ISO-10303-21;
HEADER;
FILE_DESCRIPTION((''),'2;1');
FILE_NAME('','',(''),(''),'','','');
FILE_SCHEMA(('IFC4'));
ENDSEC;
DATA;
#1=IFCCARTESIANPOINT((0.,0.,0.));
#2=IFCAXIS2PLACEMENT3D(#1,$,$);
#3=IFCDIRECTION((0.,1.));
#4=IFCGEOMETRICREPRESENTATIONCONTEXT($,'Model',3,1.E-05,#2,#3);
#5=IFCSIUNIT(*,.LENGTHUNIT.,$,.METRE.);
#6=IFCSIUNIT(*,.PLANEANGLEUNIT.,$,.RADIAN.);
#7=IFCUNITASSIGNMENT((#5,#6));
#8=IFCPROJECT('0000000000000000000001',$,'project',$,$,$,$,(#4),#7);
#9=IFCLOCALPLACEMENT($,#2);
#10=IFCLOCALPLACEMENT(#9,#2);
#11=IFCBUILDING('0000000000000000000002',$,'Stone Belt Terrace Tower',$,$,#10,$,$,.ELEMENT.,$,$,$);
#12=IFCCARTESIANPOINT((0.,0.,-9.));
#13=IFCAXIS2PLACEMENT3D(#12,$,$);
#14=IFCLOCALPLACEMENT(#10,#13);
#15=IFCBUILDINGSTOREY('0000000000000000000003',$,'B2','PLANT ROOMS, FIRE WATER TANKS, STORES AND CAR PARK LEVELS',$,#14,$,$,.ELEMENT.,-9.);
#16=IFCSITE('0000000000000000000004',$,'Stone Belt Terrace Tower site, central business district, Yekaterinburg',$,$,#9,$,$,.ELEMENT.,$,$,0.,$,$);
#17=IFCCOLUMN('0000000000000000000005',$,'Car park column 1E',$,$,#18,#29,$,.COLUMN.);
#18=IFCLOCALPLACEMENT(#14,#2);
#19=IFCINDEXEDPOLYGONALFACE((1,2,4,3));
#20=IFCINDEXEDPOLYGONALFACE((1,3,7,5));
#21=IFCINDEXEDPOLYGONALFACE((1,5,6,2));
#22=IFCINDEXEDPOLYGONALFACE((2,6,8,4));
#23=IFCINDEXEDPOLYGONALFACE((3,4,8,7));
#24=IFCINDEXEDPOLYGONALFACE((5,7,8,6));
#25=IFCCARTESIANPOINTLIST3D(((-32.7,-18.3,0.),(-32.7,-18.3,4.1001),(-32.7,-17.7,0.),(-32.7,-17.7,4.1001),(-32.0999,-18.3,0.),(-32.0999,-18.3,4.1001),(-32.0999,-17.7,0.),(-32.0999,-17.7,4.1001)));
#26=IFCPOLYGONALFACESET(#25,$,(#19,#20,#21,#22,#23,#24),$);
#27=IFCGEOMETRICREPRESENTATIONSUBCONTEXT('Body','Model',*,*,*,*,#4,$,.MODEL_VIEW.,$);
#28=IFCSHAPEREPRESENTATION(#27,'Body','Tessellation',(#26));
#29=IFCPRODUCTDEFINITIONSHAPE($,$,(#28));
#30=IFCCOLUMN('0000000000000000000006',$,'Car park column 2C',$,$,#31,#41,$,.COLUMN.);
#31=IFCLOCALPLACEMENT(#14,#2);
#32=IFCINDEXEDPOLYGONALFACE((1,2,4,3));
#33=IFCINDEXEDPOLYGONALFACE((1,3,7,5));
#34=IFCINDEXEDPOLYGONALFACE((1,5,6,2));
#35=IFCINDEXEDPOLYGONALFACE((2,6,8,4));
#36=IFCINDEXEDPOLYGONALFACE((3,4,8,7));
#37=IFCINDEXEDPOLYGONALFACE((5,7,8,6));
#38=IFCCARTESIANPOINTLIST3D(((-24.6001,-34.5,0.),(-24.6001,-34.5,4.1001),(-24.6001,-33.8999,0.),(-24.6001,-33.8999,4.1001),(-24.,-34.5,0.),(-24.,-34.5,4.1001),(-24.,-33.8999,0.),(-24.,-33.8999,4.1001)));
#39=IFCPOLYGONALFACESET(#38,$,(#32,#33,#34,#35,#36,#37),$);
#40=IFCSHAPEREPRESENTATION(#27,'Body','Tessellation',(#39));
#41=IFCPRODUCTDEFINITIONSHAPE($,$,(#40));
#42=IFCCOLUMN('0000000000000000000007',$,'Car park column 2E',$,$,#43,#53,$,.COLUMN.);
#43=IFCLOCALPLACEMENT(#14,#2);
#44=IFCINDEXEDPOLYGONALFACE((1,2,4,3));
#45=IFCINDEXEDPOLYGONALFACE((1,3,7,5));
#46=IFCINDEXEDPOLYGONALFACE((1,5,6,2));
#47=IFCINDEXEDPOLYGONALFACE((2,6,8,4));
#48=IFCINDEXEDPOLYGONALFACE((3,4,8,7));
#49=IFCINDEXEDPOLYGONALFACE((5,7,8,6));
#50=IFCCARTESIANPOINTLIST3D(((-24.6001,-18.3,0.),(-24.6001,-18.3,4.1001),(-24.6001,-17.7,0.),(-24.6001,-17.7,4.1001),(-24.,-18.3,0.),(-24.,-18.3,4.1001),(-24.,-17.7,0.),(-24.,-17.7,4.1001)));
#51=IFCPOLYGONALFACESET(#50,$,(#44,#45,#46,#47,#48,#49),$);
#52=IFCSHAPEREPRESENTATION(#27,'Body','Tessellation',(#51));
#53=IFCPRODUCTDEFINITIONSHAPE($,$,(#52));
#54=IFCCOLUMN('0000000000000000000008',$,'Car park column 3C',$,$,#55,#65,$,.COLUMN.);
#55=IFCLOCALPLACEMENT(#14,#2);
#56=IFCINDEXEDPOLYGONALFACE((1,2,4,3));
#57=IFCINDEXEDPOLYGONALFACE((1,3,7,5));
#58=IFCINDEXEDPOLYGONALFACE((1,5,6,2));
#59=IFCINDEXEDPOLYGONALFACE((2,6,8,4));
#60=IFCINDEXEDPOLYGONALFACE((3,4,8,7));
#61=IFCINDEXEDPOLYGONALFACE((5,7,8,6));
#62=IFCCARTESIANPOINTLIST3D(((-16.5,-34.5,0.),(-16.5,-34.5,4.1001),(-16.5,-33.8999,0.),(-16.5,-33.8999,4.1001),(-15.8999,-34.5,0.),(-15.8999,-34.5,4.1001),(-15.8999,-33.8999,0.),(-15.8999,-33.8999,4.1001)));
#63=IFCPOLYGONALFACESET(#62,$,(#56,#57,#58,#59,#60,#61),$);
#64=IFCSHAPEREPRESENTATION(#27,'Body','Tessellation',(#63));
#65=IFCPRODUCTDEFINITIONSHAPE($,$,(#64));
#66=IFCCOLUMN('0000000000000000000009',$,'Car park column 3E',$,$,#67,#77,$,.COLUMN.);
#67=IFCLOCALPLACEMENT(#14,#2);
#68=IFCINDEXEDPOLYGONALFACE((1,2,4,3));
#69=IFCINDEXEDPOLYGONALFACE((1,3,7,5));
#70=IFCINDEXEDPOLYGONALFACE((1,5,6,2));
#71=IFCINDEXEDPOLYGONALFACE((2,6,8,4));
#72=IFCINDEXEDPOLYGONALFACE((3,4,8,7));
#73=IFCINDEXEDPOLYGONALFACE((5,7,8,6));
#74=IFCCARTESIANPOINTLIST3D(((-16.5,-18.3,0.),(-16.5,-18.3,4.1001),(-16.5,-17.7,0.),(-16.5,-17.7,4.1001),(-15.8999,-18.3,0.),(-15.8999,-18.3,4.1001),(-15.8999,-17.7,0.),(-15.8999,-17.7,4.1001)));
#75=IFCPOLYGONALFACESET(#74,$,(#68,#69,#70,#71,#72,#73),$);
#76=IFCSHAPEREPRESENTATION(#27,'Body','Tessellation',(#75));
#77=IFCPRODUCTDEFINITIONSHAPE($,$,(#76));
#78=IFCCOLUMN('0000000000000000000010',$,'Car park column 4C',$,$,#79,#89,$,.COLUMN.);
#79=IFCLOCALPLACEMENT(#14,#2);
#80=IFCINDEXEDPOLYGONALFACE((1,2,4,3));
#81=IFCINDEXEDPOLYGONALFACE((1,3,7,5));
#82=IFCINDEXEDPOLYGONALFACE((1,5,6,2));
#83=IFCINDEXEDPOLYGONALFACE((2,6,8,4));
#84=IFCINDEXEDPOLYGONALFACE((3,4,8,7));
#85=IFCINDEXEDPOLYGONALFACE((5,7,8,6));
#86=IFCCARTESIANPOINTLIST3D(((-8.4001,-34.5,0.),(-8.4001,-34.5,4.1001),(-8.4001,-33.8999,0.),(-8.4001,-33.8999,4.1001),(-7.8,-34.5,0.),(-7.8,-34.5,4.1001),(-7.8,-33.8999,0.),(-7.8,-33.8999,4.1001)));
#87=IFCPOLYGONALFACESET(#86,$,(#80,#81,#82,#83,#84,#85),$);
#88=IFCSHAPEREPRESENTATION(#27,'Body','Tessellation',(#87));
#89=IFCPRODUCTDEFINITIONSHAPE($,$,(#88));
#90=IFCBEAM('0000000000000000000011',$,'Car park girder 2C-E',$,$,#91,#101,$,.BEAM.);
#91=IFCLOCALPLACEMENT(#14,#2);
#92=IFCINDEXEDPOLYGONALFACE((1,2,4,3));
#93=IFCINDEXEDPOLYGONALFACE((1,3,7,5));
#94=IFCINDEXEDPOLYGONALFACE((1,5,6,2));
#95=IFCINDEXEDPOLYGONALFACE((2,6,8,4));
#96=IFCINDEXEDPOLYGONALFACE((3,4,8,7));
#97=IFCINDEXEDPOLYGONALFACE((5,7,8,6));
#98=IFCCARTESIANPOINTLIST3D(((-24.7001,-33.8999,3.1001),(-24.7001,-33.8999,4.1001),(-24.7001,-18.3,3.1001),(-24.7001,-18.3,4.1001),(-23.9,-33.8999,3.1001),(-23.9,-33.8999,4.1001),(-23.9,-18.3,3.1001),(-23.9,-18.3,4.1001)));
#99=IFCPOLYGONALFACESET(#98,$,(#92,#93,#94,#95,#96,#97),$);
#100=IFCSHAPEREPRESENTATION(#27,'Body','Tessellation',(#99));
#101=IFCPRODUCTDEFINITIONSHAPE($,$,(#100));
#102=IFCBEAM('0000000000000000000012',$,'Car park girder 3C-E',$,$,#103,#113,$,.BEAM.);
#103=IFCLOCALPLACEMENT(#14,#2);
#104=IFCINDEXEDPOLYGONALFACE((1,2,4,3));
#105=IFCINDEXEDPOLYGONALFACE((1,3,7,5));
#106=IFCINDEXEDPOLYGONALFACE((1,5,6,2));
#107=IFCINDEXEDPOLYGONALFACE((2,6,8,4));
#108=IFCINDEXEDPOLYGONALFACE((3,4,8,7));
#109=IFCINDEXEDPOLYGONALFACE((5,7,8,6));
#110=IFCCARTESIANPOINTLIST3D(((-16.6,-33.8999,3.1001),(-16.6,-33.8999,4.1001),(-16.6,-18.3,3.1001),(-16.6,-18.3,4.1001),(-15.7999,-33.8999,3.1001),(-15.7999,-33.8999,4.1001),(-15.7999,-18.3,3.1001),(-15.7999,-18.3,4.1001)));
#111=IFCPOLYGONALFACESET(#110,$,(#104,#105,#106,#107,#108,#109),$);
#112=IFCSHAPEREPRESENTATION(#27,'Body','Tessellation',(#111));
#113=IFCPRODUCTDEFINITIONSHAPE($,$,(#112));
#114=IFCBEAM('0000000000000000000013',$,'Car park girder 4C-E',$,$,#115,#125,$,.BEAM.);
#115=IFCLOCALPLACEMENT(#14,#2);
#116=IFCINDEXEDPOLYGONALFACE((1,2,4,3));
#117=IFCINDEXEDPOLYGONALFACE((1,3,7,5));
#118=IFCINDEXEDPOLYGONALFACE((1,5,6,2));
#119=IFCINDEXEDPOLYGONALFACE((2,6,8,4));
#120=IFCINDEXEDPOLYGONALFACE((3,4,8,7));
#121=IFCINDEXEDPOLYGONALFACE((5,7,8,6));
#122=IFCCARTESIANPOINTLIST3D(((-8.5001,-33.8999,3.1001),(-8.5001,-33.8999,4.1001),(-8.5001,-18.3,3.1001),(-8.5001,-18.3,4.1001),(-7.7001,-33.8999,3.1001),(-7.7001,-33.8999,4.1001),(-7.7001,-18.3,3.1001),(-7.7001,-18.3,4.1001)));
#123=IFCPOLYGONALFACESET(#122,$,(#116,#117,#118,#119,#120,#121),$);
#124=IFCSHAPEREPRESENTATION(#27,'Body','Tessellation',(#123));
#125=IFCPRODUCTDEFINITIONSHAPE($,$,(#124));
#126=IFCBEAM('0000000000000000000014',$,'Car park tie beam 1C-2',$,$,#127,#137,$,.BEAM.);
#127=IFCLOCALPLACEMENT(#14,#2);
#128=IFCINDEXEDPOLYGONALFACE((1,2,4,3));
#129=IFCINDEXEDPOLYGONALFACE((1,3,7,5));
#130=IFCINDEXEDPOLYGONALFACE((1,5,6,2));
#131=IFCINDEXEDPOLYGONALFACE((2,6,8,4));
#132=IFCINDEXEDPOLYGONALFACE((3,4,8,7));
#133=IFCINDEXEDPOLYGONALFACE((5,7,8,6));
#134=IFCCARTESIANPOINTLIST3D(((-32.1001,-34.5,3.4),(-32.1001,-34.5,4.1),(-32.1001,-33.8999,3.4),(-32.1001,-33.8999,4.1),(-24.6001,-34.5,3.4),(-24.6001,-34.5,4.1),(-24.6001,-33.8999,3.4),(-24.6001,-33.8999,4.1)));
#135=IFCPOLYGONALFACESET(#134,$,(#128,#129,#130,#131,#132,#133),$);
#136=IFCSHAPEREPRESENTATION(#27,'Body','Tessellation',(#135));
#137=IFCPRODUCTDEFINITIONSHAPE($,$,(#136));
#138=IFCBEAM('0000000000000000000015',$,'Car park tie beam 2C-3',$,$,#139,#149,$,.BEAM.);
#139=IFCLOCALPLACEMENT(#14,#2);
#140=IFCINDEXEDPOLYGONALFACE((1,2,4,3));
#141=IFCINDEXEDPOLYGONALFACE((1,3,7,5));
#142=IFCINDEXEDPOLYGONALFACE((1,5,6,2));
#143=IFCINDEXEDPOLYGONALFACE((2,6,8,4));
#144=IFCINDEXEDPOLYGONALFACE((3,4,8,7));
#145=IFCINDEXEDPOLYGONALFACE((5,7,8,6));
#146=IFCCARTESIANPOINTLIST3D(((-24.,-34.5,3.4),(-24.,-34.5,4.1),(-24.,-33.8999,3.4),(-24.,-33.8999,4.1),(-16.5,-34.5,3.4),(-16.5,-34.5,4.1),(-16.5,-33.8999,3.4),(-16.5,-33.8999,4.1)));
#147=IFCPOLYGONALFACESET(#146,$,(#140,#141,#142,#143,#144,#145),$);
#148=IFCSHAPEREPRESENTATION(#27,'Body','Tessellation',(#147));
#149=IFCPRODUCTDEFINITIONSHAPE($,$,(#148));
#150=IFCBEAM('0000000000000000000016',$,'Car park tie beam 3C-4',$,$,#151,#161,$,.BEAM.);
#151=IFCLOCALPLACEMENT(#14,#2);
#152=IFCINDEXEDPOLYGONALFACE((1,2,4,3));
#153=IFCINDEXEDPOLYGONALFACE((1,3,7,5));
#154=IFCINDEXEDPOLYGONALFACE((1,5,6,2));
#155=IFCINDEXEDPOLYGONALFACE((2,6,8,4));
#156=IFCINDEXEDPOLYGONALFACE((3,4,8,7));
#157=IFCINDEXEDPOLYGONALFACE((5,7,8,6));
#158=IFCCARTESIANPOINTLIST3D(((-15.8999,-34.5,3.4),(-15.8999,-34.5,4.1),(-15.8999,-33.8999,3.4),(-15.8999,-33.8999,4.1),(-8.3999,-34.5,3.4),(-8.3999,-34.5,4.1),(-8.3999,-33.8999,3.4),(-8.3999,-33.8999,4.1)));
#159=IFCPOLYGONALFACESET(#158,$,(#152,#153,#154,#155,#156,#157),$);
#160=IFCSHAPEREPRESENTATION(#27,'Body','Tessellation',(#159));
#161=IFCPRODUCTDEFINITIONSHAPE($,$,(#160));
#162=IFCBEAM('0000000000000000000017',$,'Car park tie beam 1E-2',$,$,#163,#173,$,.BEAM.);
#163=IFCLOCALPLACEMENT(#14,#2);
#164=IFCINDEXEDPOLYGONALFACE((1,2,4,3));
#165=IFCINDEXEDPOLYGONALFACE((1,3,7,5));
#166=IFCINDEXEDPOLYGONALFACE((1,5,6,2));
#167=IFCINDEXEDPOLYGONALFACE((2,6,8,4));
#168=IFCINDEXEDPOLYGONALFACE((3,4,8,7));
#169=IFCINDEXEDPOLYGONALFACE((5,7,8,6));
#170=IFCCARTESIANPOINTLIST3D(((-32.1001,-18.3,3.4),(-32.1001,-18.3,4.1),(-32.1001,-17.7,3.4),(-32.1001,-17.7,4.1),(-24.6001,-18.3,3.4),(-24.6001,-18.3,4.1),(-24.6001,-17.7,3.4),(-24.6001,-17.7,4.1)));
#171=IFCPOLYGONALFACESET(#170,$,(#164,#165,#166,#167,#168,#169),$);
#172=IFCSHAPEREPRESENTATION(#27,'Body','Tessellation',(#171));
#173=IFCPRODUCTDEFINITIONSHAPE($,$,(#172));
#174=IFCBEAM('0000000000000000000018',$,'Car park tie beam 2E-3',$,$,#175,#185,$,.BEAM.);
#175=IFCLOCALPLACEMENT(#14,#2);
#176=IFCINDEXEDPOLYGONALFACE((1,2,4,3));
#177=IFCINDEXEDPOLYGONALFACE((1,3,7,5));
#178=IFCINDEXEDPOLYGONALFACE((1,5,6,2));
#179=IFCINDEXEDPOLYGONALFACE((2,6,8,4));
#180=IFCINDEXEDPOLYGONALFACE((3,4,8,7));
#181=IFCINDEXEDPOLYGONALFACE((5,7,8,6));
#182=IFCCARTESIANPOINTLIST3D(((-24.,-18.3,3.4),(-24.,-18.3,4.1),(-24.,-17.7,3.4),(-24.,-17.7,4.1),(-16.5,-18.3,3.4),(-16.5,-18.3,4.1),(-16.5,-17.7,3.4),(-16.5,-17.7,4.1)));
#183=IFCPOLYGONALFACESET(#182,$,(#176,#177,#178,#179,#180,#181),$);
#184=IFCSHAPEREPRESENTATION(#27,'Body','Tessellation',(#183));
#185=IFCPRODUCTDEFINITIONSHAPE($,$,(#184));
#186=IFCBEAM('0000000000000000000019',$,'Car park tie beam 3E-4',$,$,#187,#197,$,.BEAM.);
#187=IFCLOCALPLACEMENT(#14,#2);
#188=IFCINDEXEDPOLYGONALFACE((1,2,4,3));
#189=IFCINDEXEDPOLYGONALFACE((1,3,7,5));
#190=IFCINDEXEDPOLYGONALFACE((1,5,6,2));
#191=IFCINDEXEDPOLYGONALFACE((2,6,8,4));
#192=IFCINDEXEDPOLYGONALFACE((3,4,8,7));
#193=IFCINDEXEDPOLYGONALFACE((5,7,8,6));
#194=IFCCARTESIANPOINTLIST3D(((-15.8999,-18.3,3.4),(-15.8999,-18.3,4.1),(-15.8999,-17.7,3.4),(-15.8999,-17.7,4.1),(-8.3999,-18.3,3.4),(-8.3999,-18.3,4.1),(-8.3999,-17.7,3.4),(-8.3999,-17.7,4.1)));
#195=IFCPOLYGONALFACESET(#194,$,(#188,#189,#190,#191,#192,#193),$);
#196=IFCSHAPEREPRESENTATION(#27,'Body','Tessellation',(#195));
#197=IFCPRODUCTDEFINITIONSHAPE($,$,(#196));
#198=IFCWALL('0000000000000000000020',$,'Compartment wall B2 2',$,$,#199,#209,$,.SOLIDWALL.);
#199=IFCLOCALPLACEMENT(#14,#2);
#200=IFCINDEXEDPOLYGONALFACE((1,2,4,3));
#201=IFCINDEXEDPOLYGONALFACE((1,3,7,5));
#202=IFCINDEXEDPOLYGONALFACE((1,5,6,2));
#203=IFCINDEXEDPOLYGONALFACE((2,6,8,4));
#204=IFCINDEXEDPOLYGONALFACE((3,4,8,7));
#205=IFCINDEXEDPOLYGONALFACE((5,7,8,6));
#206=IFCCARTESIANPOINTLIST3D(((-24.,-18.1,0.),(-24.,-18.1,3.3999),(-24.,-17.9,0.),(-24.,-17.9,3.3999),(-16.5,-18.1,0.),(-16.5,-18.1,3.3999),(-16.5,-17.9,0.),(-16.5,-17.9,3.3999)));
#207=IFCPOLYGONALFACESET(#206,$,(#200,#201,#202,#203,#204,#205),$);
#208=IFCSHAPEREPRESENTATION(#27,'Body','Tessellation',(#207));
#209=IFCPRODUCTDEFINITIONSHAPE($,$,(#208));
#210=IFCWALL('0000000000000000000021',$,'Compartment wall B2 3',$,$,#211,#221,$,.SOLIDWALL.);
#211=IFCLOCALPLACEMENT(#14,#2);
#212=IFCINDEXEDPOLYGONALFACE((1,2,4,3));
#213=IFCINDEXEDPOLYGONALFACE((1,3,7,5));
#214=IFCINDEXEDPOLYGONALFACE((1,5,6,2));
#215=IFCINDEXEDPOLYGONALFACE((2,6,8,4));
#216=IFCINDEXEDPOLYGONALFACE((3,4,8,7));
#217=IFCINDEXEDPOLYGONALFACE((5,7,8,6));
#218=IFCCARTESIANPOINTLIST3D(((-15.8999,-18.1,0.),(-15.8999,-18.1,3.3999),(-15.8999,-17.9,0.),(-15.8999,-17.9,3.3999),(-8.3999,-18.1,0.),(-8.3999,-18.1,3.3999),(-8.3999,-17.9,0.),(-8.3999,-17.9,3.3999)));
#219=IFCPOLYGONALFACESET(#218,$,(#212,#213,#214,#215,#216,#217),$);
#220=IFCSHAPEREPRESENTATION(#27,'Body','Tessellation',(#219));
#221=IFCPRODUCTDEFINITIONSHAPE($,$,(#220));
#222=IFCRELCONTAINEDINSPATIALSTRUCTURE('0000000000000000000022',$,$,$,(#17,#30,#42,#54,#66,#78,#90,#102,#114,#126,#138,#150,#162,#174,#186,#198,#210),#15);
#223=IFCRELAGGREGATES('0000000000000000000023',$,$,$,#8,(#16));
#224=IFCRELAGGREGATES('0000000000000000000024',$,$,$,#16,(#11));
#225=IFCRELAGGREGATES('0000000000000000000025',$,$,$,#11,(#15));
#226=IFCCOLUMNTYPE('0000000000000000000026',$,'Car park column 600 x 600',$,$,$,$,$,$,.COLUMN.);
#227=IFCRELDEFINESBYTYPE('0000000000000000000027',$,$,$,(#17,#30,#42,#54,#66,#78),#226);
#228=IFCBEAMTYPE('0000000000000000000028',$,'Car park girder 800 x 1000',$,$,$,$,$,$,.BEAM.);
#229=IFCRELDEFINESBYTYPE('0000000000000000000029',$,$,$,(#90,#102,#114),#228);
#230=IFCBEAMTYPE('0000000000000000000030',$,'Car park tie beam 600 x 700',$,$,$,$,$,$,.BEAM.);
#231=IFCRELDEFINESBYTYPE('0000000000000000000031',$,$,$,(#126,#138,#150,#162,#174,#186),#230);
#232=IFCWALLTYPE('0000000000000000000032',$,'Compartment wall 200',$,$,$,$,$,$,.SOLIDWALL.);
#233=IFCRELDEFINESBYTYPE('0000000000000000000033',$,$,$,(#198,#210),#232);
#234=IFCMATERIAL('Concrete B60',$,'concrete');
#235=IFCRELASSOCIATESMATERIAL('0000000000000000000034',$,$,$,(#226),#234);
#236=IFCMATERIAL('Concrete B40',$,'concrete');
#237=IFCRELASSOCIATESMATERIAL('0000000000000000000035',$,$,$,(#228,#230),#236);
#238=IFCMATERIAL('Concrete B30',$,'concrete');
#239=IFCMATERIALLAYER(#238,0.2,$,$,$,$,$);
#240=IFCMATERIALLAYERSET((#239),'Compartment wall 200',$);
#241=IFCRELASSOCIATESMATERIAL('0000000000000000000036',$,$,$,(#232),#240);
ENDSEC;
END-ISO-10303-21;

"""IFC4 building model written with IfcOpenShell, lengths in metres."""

from ifc_helpers import new_model, si_unit, direction, frame, frame_2d, origin, origin_2d, place, context, subcontext, project, spatial, rectangle, extrude, material, layer, layer_set, material_profile, profile_set, type_object, element, save


model = new_model("IFC4")

# Units and contexts
model_context = context("Model", 3, precision=1e-05, world=origin(), true_north=direction((0.0, 1.0)))
body_context = subcontext(model_context, "Body", "Model", "MODEL_VIEW")
ifc_project = project(units=[si_unit("LENGTHUNIT", "METRE"), si_unit("PLANEANGLEUNIT", "RADIAN")], contexts=[model_context])

# Site, building, storey
site_placement = place(None, origin())
site = spatial("IfcSite", under=ifc_project, at=site_placement, Name="Stone Belt Terrace Tower site, central business district, Yekaterinburg", CompositionType="ELEMENT", RefElevation=0.0)
building_placement = place(site_placement, origin())
building = spatial("IfcBuilding", under=site, at=building_placement, Name="Stone Belt Terrace Tower", CompositionType="ELEMENT")
storey_placement = place(building_placement, frame((0.0, 0.0, -9.0)))
storey = spatial("IfcBuildingStorey", under=building, at=storey_placement, Name="B2", Description="PLANT ROOMS, FIRE WATER TANKS, STORES AND CAR PARK LEVELS", CompositionType="ELEMENT", Elevation=-9.0)

# Columns
ifc_material_1 = material(Name="Concrete B60", Category="concrete")
ifc_material_profile_1 = material_profile(ifc_material_1, rectangle(XDim=0.6001, YDim=0.6001, at=origin_2d()), Name="Car park column 600 x 600")
ifc_profile_set_1 = profile_set([ifc_material_profile_1], Name="Concrete B60")
column_type = type_object("IfcColumnType", Name="Car park column 600 x 600", PredefinedType="COLUMN", material=ifc_profile_set_1)
for number, where, z_axis, x_axis, name in (
    (1, (-32.3999, -18.0, 0.0), (0.0, 0.0, 1.0), (1.0, 0.0, 0.0), "Car park column 1E"),
    (2, (-24.3, -34.2, 0.0), (0.0, 0.0, 1.0), (1.0, 0.0, 0.0), "Car park column 2C"),
    (3, (-24.3, -18.0, 0.0), (0.0, 0.0, 1.0), (1.0, 0.0, 0.0), "Car park column 2E"),
    (4, (-16.2, -34.2, 0.0), (0.0, 0.0, 1.0), (1.0, 0.0, 0.0), "Car park column 3C"),
    (5, (-16.2, -18.0, 0.0), (0.0, 0.0, 1.0), (1.0, 0.0, 0.0), "Car park column 3E"),
    (6, (-8.1001, -34.2, 0.0), (0.0, 0.0, 1.0), (1.0, 0.0, 0.0), "Car park column 4C"),
):
    element("IfcColumn", number, at=place(storey_placement, frame(where, z_axis=z_axis, x_axis=x_axis)), inside=storey, type_object=column_type, Name=name, PredefinedType="COLUMN", context=body_context, shape_type="SweptSolid", body=[
        extrude(rectangle(XDim=0.6001, YDim=0.6001, at=origin_2d()), origin(), (0.0, 0.0, 1.0), 4.1001),
    ])

# Beams
ifc_material_2 = material(Name="Concrete B40", Category="concrete")
ifc_material_profile_2 = material_profile(ifc_material_2, rectangle(XDim=0.8, YDim=1.0, at=origin_2d()), Name="Car park girder 800 x 1000")
ifc_profile_set_2 = profile_set([ifc_material_profile_2], Name="Concrete B40")
beam_type_1 = type_object("IfcBeamType", Name="Car park girder 800 x 1000", PredefinedType="BEAM", material=ifc_profile_set_2)
for number, where, z_axis, x_axis, name in (
    (7, (-24.3, -33.8999, 3.6001), (0.0, 1.0, 0.0), (-1.0, 0.0, 0.0), "Car park girder 2C-E"),
    (8, (-16.2, -33.8999, 3.6001), (0.0, 1.0, 0.0), (-1.0, 0.0, 0.0), "Car park girder 3C-E"),
    (9, (-8.1001, -33.8999, 3.6001), (0.0, 1.0, 0.0), (-1.0, 0.0, 0.0), "Car park girder 4C-E"),
):
    element("IfcBeam", number, at=place(storey_placement, frame(where, z_axis=z_axis, x_axis=x_axis)), inside=storey, type_object=beam_type_1, Name=name, PredefinedType="BEAM", context=body_context, shape_type="SweptSolid", body=[
        extrude(rectangle(XDim=0.8, YDim=1.0, at=origin_2d()), origin(), (0.0, 0.0, 1.0), 15.5999),
    ])
ifc_material_profile_3 = material_profile(ifc_material_2, rectangle(XDim=0.6001, YDim=0.7, at=origin_2d()), Name="Car park tie beam 600 x 700")
ifc_profile_set_3 = profile_set([ifc_material_profile_3], Name="Concrete B40")
beam_type_2 = type_object("IfcBeamType", Name="Car park tie beam 600 x 700", PredefinedType="BEAM", material=ifc_profile_set_3)
for number, where, z_axis, x_axis, name in (
    (10, (-32.1001, -34.2, 3.75), (1.0, 0.0, 0.0), (0.0, 1.0, 0.0), "Car park tie beam 1C-2"),
    (11, (-24.0, -34.2, 3.75), (1.0, 0.0, 0.0), (0.0, 1.0, 0.0), "Car park tie beam 2C-3"),
    (12, (-15.8999, -34.2, 3.75), (1.0, 0.0, 0.0), (0.0, 1.0, 0.0), "Car park tie beam 3C-4"),
    (13, (-32.1001, -18.0, 3.75), (1.0, 0.0, 0.0), (0.0, 1.0, 0.0), "Car park tie beam 1E-2"),
    (14, (-24.0, -18.0, 3.75), (1.0, 0.0, 0.0), (0.0, 1.0, 0.0), "Car park tie beam 2E-3"),
    (15, (-15.8999, -18.0, 3.75), (1.0, 0.0, 0.0), (0.0, 1.0, 0.0), "Car park tie beam 3E-4"),
):
    element("IfcBeam", number, at=place(storey_placement, frame(where, z_axis=z_axis, x_axis=x_axis)), inside=storey, type_object=beam_type_2, Name=name, PredefinedType="BEAM", context=body_context, shape_type="SweptSolid", body=[
        extrude(rectangle(XDim=0.6001, YDim=0.7, at=origin_2d()), origin(), (0.0, 0.0, 1.0), 7.5),
    ])

# Shared definitions
ifc_material_3 = material(Name="Concrete B30", Category="concrete")
ifc_layer = layer(ifc_material_3, 0.2)
ifc_layer_set = layer_set([ifc_layer], Name="Compartment wall 200")
wall_type = type_object("IfcWallType", Name="Compartment wall 200", PredefinedType="SOLIDWALL", material=ifc_layer_set)

# Walls
for number, where, z_axis, x_axis, name in (
    (16, (-24.0, -18.0, 0.0), (0.0, 0.0, 1.0), (1.0, 0.0, 0.0), "Compartment wall B2 2"),
    (17, (-15.8999, -18.0, 0.0), (0.0, 0.0, 1.0), (1.0, 0.0, 0.0), "Compartment wall B2 3"),
):
    element("IfcWall", number, at=place(storey_placement, frame(where, z_axis=z_axis, x_axis=x_axis)), inside=storey, type_object=wall_type, Name=name, PredefinedType="SOLIDWALL", context=body_context, shape_type="SweptSolid", body=[
        extrude(rectangle(XDim=7.5, YDim=0.2, at=frame_2d((3.75, 0.0))), origin(), (0.0, 0.0, 1.0), 3.3999),
    ])

save(model, "model.ifc")
